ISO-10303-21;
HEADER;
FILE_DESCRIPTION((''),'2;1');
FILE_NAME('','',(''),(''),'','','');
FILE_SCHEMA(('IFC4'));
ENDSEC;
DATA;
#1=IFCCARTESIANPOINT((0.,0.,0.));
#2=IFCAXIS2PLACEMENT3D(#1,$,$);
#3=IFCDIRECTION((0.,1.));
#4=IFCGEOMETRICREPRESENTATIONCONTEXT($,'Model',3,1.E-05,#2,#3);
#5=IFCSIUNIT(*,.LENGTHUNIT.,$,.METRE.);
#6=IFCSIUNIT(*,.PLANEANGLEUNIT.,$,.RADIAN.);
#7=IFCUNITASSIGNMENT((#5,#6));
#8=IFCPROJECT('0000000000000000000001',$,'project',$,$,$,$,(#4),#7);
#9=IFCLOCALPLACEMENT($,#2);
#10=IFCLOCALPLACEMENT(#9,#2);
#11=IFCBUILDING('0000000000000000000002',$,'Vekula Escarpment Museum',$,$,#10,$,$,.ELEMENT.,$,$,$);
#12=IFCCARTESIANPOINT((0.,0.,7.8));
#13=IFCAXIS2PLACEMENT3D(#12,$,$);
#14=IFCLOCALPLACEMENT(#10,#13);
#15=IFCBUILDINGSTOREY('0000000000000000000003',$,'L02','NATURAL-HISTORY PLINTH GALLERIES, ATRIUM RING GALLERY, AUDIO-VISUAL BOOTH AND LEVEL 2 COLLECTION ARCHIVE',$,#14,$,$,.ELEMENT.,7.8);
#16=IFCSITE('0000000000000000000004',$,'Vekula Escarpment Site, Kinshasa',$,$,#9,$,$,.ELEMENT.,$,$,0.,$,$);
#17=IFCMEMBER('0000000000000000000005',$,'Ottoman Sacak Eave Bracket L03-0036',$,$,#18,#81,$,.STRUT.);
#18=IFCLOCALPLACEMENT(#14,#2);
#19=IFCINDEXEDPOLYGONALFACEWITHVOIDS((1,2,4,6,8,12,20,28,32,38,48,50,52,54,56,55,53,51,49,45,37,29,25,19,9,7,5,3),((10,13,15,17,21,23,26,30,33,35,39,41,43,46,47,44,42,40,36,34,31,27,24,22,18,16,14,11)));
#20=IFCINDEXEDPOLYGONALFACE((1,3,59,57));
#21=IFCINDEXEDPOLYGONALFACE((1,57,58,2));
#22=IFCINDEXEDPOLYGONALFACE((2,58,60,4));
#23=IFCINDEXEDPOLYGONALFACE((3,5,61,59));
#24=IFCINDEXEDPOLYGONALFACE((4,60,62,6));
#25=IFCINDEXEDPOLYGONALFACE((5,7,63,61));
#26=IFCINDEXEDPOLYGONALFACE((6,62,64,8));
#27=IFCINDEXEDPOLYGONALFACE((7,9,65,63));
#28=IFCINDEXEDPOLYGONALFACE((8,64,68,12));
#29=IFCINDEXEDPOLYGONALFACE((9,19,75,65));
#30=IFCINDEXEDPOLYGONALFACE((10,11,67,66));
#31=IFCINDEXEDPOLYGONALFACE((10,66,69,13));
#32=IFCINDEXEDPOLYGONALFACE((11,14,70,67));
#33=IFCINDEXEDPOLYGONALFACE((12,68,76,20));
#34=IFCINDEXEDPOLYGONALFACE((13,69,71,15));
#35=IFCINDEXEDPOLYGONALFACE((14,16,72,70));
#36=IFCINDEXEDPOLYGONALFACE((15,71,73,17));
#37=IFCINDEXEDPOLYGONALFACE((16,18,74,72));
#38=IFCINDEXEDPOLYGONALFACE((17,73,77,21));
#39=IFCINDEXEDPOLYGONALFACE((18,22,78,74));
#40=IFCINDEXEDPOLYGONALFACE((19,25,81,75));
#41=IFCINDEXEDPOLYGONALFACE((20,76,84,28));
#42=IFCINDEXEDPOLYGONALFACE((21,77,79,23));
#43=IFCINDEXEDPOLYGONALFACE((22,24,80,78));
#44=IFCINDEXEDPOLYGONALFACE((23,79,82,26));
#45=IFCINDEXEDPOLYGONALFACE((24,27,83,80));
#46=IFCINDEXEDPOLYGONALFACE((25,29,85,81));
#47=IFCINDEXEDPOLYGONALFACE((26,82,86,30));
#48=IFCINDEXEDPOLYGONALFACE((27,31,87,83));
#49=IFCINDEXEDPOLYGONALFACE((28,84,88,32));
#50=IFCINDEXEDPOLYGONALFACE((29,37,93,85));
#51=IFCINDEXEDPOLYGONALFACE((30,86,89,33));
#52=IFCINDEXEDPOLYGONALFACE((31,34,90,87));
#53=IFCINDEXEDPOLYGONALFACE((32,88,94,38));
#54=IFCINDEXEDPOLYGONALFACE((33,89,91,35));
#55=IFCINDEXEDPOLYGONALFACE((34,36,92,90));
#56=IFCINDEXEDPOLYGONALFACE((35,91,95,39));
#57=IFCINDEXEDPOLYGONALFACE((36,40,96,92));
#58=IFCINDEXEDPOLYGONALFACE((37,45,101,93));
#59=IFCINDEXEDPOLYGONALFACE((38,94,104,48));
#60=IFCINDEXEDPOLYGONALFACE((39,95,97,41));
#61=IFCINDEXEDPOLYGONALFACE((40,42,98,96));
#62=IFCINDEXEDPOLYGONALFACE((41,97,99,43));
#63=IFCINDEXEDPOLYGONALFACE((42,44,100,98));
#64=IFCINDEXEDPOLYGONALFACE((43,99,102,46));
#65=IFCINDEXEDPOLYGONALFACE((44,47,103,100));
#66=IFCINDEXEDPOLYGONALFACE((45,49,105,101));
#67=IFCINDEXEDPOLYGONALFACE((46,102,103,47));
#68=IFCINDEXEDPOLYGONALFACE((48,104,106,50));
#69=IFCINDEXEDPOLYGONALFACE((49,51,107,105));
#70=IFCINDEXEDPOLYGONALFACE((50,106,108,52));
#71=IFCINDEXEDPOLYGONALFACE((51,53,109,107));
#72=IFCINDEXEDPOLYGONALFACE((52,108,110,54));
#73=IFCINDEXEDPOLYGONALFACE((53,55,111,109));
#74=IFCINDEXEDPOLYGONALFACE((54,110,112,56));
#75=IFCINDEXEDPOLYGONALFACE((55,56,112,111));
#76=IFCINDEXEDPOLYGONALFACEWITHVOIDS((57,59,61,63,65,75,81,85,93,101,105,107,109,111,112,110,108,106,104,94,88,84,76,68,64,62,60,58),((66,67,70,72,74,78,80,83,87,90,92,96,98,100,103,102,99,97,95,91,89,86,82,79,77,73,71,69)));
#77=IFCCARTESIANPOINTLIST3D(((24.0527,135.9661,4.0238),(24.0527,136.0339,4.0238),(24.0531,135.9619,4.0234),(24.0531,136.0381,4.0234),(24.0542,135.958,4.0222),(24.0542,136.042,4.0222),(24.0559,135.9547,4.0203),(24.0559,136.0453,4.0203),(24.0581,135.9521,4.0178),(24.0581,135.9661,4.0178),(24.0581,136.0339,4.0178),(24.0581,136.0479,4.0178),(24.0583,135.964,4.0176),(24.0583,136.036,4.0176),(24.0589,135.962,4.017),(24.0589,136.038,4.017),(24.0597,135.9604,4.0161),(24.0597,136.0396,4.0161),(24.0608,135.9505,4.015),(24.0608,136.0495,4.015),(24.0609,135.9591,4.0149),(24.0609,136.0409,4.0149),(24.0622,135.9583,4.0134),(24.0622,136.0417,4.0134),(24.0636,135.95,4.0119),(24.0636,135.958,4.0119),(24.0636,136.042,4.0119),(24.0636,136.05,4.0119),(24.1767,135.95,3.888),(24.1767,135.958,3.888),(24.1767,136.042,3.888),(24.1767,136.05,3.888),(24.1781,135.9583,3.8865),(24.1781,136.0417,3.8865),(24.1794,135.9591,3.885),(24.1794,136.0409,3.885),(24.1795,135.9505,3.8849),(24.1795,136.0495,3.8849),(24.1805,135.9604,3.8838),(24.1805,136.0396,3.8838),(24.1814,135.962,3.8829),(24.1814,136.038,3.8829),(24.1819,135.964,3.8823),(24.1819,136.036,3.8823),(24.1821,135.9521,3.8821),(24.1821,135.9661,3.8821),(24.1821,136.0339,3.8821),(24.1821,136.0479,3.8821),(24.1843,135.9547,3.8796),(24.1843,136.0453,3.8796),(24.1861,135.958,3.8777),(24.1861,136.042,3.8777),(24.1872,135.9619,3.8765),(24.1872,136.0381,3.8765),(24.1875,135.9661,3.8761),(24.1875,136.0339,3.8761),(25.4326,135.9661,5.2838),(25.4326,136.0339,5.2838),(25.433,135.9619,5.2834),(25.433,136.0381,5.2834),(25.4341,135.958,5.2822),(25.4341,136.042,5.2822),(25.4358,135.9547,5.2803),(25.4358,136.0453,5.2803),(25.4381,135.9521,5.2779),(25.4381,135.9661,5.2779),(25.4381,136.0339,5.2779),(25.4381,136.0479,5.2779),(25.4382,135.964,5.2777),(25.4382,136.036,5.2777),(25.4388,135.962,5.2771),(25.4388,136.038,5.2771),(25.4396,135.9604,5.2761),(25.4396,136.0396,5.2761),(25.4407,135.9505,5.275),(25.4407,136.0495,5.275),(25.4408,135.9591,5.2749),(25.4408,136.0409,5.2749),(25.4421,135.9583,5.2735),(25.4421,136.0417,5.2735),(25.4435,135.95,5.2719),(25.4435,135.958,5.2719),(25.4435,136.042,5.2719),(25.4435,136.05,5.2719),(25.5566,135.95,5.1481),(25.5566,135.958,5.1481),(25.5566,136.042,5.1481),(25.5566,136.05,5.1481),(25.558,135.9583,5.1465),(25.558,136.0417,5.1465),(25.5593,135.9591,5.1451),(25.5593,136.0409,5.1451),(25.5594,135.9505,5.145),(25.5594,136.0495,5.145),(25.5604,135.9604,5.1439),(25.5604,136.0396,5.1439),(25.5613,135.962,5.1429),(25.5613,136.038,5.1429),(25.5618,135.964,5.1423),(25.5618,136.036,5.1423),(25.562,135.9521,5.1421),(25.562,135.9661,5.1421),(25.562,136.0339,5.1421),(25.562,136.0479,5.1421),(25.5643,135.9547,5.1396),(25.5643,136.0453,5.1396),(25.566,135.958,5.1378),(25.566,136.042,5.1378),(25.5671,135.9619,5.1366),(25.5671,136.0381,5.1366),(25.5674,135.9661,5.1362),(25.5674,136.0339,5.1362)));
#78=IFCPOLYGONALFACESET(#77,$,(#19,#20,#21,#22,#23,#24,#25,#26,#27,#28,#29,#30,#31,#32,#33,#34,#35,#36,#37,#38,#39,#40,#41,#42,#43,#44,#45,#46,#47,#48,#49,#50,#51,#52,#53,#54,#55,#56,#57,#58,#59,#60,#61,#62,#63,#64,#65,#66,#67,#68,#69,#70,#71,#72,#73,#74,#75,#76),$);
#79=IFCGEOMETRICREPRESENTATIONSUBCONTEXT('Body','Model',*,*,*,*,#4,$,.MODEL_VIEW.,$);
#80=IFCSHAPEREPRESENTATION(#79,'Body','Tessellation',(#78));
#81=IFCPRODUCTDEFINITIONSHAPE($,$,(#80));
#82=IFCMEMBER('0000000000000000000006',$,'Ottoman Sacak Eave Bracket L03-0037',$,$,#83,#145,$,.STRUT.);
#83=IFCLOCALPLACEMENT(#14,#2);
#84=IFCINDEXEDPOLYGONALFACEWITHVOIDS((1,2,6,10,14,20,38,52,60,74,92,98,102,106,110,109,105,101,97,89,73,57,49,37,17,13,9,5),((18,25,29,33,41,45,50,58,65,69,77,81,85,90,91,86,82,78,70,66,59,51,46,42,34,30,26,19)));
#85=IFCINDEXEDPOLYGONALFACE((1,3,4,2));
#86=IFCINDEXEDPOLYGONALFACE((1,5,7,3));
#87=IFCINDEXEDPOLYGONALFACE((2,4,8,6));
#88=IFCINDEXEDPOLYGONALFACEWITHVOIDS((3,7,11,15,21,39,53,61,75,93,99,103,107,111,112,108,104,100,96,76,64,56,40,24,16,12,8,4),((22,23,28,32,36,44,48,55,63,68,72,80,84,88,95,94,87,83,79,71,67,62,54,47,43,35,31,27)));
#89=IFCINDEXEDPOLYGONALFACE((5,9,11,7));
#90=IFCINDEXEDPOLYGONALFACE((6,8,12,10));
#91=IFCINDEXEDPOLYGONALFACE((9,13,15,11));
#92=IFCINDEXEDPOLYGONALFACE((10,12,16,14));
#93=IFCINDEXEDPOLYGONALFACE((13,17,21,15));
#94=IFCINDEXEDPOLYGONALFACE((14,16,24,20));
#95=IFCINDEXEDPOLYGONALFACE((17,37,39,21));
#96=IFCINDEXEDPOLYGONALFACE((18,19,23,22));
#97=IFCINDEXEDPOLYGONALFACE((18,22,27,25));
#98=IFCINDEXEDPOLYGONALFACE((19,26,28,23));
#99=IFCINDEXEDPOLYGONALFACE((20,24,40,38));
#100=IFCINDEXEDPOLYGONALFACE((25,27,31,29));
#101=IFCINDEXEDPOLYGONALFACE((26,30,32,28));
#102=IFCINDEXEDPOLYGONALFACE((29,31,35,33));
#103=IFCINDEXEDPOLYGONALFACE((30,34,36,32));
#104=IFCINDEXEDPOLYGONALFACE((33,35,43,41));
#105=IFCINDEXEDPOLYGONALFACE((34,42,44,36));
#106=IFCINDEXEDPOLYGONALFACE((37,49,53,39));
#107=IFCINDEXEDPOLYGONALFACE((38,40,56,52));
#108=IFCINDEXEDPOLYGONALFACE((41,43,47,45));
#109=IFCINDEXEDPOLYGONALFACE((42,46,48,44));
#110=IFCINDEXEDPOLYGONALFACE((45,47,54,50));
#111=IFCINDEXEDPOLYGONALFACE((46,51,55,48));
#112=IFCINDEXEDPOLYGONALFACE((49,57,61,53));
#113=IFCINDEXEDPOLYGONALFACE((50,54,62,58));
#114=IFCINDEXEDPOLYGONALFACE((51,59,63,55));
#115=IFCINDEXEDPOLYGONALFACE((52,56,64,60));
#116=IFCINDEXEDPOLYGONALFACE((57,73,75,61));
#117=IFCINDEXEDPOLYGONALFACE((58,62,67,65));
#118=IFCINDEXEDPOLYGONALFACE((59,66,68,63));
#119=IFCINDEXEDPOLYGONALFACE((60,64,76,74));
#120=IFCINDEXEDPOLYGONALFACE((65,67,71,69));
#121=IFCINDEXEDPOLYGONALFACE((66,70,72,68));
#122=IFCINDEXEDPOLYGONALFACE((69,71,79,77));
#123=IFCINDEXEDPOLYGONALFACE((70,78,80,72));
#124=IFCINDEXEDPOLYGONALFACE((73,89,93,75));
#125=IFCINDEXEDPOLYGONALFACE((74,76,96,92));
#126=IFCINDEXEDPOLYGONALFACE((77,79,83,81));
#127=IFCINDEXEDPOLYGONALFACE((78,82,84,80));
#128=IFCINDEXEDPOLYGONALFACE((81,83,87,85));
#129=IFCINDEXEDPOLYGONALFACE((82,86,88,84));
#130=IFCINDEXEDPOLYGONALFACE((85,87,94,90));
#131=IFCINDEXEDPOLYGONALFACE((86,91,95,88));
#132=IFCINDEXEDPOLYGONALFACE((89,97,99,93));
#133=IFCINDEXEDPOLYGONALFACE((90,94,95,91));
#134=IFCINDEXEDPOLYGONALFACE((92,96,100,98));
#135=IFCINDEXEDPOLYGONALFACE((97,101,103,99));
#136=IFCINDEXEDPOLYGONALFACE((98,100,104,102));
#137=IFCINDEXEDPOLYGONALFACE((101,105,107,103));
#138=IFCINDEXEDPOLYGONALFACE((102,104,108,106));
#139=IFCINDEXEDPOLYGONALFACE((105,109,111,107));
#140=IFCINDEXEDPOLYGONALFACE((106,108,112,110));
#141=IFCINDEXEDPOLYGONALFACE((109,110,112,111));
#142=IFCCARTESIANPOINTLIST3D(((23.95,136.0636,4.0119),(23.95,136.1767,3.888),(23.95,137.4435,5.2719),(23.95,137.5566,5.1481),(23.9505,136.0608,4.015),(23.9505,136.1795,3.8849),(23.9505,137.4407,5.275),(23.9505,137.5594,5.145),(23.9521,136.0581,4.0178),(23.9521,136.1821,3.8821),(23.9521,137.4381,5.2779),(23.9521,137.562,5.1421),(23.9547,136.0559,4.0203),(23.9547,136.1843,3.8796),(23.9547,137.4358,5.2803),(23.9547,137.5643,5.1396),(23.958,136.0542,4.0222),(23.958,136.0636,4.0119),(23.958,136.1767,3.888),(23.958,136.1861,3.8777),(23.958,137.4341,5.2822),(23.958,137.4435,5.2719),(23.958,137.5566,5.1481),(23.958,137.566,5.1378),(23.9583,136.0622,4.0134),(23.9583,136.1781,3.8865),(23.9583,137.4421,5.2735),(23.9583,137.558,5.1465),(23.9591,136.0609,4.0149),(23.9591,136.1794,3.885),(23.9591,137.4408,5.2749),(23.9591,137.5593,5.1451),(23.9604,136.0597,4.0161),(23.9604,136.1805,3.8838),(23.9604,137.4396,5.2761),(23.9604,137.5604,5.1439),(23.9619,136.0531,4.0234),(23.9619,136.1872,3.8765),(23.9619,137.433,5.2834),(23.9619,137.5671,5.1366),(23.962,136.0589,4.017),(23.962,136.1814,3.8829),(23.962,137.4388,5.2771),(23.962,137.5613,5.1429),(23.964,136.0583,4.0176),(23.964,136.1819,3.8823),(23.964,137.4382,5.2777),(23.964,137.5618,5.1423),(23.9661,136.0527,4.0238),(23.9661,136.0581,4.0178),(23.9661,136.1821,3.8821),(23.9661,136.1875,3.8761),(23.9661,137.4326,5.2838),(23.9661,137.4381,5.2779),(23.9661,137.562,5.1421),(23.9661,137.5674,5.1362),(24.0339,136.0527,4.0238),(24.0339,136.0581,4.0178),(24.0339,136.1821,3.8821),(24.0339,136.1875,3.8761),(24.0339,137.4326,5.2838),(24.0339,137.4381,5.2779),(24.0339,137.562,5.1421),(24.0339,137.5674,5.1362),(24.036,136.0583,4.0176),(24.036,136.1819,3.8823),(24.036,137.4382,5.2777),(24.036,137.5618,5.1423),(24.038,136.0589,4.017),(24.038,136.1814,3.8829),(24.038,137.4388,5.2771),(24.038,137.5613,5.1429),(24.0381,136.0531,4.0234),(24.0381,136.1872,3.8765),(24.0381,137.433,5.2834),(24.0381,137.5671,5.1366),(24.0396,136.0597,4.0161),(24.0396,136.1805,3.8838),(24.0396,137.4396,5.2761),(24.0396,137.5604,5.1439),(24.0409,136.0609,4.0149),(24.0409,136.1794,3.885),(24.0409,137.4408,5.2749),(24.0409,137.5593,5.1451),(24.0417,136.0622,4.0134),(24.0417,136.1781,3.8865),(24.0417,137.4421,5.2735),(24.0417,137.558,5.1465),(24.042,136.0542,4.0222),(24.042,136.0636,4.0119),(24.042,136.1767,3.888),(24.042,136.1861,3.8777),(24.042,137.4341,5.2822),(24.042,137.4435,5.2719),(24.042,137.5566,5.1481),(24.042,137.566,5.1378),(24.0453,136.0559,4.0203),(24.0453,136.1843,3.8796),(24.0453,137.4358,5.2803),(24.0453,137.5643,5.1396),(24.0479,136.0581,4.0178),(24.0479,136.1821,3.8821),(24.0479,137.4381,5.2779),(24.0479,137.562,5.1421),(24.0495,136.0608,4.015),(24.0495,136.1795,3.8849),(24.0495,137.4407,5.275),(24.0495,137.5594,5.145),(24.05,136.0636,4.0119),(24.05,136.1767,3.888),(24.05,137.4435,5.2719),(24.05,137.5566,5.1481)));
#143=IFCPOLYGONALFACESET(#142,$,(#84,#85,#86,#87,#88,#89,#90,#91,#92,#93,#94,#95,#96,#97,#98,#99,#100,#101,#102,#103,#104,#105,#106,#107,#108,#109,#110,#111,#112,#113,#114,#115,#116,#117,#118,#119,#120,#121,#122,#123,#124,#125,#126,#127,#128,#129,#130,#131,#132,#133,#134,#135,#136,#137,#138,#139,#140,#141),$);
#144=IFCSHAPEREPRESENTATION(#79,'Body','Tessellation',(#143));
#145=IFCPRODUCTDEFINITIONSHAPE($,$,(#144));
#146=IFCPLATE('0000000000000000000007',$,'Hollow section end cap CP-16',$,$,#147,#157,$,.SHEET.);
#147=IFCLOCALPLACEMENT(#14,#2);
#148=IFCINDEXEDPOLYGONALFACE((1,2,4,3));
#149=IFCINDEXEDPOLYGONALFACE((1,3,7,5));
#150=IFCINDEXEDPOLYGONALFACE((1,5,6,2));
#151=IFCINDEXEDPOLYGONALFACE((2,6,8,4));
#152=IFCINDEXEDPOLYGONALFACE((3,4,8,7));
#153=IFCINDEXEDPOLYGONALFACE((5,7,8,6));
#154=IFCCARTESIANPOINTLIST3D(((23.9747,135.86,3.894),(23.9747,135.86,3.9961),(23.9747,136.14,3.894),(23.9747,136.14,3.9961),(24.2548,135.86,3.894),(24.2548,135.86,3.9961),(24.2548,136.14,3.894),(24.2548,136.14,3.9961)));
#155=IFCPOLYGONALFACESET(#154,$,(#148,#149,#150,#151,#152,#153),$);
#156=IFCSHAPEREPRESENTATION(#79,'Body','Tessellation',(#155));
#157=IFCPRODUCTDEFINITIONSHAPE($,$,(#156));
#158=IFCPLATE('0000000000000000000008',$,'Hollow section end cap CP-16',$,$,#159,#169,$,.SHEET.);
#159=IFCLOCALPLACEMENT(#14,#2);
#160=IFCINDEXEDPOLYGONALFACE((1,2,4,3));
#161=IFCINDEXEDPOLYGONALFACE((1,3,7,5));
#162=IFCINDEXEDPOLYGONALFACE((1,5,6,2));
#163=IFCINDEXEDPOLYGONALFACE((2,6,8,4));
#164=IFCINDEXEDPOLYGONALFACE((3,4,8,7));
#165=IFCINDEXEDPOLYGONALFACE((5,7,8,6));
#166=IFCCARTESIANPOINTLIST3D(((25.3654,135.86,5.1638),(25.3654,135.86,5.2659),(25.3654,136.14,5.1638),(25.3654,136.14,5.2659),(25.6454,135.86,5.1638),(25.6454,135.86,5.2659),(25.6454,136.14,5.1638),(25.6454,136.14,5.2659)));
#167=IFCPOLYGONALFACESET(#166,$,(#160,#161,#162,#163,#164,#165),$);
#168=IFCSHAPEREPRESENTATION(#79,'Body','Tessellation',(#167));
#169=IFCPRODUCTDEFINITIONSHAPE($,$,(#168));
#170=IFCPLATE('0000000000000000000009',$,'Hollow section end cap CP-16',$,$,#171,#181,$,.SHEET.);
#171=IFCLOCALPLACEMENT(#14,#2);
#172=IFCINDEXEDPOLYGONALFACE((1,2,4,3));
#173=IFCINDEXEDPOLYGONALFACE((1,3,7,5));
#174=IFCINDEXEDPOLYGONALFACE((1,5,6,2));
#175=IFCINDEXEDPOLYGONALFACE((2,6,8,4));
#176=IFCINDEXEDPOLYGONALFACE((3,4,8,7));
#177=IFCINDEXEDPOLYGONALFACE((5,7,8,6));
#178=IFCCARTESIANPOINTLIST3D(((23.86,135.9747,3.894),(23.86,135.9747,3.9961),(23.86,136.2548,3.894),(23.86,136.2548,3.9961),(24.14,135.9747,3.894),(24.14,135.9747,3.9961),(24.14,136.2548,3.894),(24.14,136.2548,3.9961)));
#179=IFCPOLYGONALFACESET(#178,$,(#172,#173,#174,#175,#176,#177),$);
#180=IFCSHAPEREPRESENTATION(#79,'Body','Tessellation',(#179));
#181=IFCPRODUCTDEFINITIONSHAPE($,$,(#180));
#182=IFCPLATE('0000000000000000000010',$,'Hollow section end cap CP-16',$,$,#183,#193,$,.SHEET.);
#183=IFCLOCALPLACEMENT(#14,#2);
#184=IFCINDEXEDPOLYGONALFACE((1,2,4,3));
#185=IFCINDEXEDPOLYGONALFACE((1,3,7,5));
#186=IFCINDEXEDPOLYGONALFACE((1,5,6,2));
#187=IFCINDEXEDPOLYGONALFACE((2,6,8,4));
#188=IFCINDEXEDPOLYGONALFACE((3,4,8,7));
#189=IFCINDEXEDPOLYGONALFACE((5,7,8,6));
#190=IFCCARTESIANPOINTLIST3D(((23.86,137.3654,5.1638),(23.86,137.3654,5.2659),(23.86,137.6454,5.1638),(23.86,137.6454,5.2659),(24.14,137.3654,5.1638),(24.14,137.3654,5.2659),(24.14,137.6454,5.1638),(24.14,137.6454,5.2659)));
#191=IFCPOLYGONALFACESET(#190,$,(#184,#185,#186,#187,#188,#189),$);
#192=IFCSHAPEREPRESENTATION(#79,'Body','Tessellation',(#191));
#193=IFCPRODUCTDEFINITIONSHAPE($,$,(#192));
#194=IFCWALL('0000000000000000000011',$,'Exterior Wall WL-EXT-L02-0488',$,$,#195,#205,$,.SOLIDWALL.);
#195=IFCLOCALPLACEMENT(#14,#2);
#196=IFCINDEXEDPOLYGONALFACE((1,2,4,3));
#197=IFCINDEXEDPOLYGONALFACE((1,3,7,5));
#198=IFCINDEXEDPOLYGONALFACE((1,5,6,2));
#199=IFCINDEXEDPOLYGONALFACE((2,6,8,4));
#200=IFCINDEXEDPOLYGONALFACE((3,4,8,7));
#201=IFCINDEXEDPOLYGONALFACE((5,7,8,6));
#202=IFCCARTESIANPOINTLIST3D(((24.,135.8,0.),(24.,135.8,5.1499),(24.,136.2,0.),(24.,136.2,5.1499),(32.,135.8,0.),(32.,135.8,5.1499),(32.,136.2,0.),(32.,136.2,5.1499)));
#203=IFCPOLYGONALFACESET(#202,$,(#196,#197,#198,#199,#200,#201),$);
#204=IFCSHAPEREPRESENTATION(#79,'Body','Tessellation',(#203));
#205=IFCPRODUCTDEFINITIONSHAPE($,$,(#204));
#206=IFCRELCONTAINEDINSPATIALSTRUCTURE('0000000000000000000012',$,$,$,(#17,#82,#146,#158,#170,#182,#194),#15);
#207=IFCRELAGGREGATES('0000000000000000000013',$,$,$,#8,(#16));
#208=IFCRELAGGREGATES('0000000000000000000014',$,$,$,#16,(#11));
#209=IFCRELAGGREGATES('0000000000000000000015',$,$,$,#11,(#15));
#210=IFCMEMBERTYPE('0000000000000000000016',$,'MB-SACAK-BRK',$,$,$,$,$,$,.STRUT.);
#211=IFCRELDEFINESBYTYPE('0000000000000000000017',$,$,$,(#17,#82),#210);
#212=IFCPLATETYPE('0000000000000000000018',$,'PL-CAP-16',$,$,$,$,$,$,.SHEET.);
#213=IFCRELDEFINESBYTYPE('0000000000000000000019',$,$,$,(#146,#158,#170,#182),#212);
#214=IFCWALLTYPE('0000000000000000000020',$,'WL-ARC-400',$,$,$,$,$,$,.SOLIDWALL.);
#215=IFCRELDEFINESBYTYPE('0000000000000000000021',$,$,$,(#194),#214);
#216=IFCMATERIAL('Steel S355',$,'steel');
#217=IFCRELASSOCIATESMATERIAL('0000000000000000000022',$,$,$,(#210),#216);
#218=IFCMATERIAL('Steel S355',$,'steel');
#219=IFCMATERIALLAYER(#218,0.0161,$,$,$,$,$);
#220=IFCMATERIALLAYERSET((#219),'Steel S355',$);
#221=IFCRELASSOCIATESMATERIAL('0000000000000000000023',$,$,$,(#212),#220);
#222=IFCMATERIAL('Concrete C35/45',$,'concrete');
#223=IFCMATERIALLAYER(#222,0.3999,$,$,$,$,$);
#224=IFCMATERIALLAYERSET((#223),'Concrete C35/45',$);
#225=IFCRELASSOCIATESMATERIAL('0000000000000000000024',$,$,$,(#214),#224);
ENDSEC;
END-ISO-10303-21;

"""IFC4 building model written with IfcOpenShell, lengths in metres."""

from ifc_helpers import new_model, si_unit, direction, frame, frame_2d, origin, origin_2d, place, context, subcontext, project, spatial, rectangle, hollow_rectangle, extrude, material, layer, layer_set, material_profile, profile_set, type_object, element, save


model = new_model("IFC4")

# Units and contexts
model_context = context("Model", 3, precision=1e-05, world=origin(), true_north=direction((0.0, 1.0)))
body_context = subcontext(model_context, "Body", "Model", "MODEL_VIEW")
ifc_project = project(units=[si_unit("LENGTHUNIT", "METRE"), si_unit("PLANEANGLEUNIT", "RADIAN")], contexts=[model_context])

# Site, building, storey
site_placement = place(None, origin())
site = spatial("IfcSite", under=ifc_project, at=site_placement, Name="Vekula Escarpment Site, Kinshasa", CompositionType="ELEMENT", RefElevation=0.0)
building_placement = place(site_placement, origin())
building = spatial("IfcBuilding", under=site, at=building_placement, Name="Vekula Escarpment Museum", CompositionType="ELEMENT")
storey_placement = place(building_placement, frame((0.0, 0.0, 7.8)))
storey = spatial("IfcBuildingStorey", under=building, at=storey_placement, Name="L02", Description="NATURAL-HISTORY PLINTH GALLERIES, ATRIUM RING GALLERY, AUDIO-VISUAL BOOTH AND LEVEL 2 COLLECTION ARCHIVE", CompositionType="ELEMENT", Elevation=7.8)

# Members
ifc_material_1 = material(Name="Steel S355", Category="steel")
ifc_material_profile_1 = material_profile(ifc_material_1, hollow_rectangle(XDim=0.1001, YDim=0.2, WallThickness=0.0081, InnerFilletRadius=0.0081, OuterFilletRadius=0.0161, at=origin_2d()), Name="RHS 200x100x8")
ifc_profile_set_1 = profile_set([ifc_material_profile_1], Name="Steel S355")
member_type = type_object("IfcMemberType", Name="MB-SACAK-BRK", PredefinedType="STRUT", material=ifc_profile_set_1)
for number, where, z_axis, x_axis, name in (
    (1, (24.1201, 136.0, 3.95), (0.738454, 0.0, 0.674303), (0.0, 1.0, 0.0), "Ottoman Sacak Eave Bracket L03-0036"),
    (2, (24.0, 136.1201, 3.95), (0.0, 0.738454, 0.674303), (-1.0, 0.0, 0.0), "Ottoman Sacak Eave Bracket L03-0037"),
):
    element("IfcMember", number, at=place(storey_placement, frame(where, z_axis=z_axis, x_axis=x_axis)), inside=storey, type_object=member_type, Name=name, PredefinedType="STRUT", context=body_context, shape_type="SweptSolid", body=[
        extrude(hollow_rectangle(XDim=0.1001, YDim=0.2, WallThickness=0.0081, InnerFilletRadius=0.0081, OuterFilletRadius=0.0161, at=origin_2d()), origin(), (0.0, 0.0, 1.0), 1.8687),
    ])

# Plates
ifc_material_2 = material(Name="Steel S355", Category="steel")
ifc_layer_1 = layer(ifc_material_2, 0.0161)
ifc_layer_set_1 = layer_set([ifc_layer_1], Name="Steel S355")
plate_type = type_object("IfcPlateType", Name="PL-CAP-16", PredefinedType="SHEET", material=ifc_layer_set_1)
for number, where, z_axis, x_axis, name in (
    (3, (24.1147, 136.0, 3.894), (0.0, 0.0, 1.0), (1.0, 0.0, 0.0), "Hollow section end cap CP-16"),
    (4, (25.5054, 136.0, 5.1638), (0.0, 0.0, 1.0), (1.0, 0.0, 0.0), "Hollow section end cap CP-16"),
    (5, (24.0, 136.1147, 3.894), (0.0, 0.0, 1.0), (1.0, 0.0, 0.0), "Hollow section end cap CP-16"),
    (6, (24.0, 137.5054, 5.1638), (0.0, 0.0, 1.0), (1.0, 0.0, 0.0), "Hollow section end cap CP-16"),
):
    element("IfcPlate", number, at=place(storey_placement, frame(where, z_axis=z_axis, x_axis=x_axis)), inside=storey, type_object=plate_type, Name=name, PredefinedType="SHEET", context=body_context, shape_type="SweptSolid", body=[
        extrude(rectangle(XDim=0.28, YDim=0.28, at=origin_2d()), origin(), (0.0, 0.0, 1.0), 0.1021),
    ])

# Wall
ifc_material_3 = material(Name="Concrete C35/45", Category="concrete")
ifc_layer_2 = layer(ifc_material_3, 0.3999)
ifc_layer_set_2 = layer_set([ifc_layer_2], Name="Concrete C35/45")
wall_type = type_object("IfcWallType", Name="WL-ARC-400", PredefinedType="SOLIDWALL", material=ifc_layer_set_2)
wall_1_placement = place(storey_placement, frame((24.0, 136.0, 0.0), z_axis=(0.0, 0.0, 1.0), x_axis=(1.0, 0.0, 0.0)))
element("IfcWall", 7, at=wall_1_placement, inside=storey, type_object=wall_type, Name="Exterior Wall WL-EXT-L02-0488", PredefinedType="SOLIDWALL", context=body_context, shape_type="SweptSolid", body=[
    extrude(rectangle(XDim=8.0, YDim=0.3999, at=frame_2d((4.0, 0.0))), origin(), (0.0, 0.0, 1.0), 5.1499),
])

save(model, "model.ifc")
